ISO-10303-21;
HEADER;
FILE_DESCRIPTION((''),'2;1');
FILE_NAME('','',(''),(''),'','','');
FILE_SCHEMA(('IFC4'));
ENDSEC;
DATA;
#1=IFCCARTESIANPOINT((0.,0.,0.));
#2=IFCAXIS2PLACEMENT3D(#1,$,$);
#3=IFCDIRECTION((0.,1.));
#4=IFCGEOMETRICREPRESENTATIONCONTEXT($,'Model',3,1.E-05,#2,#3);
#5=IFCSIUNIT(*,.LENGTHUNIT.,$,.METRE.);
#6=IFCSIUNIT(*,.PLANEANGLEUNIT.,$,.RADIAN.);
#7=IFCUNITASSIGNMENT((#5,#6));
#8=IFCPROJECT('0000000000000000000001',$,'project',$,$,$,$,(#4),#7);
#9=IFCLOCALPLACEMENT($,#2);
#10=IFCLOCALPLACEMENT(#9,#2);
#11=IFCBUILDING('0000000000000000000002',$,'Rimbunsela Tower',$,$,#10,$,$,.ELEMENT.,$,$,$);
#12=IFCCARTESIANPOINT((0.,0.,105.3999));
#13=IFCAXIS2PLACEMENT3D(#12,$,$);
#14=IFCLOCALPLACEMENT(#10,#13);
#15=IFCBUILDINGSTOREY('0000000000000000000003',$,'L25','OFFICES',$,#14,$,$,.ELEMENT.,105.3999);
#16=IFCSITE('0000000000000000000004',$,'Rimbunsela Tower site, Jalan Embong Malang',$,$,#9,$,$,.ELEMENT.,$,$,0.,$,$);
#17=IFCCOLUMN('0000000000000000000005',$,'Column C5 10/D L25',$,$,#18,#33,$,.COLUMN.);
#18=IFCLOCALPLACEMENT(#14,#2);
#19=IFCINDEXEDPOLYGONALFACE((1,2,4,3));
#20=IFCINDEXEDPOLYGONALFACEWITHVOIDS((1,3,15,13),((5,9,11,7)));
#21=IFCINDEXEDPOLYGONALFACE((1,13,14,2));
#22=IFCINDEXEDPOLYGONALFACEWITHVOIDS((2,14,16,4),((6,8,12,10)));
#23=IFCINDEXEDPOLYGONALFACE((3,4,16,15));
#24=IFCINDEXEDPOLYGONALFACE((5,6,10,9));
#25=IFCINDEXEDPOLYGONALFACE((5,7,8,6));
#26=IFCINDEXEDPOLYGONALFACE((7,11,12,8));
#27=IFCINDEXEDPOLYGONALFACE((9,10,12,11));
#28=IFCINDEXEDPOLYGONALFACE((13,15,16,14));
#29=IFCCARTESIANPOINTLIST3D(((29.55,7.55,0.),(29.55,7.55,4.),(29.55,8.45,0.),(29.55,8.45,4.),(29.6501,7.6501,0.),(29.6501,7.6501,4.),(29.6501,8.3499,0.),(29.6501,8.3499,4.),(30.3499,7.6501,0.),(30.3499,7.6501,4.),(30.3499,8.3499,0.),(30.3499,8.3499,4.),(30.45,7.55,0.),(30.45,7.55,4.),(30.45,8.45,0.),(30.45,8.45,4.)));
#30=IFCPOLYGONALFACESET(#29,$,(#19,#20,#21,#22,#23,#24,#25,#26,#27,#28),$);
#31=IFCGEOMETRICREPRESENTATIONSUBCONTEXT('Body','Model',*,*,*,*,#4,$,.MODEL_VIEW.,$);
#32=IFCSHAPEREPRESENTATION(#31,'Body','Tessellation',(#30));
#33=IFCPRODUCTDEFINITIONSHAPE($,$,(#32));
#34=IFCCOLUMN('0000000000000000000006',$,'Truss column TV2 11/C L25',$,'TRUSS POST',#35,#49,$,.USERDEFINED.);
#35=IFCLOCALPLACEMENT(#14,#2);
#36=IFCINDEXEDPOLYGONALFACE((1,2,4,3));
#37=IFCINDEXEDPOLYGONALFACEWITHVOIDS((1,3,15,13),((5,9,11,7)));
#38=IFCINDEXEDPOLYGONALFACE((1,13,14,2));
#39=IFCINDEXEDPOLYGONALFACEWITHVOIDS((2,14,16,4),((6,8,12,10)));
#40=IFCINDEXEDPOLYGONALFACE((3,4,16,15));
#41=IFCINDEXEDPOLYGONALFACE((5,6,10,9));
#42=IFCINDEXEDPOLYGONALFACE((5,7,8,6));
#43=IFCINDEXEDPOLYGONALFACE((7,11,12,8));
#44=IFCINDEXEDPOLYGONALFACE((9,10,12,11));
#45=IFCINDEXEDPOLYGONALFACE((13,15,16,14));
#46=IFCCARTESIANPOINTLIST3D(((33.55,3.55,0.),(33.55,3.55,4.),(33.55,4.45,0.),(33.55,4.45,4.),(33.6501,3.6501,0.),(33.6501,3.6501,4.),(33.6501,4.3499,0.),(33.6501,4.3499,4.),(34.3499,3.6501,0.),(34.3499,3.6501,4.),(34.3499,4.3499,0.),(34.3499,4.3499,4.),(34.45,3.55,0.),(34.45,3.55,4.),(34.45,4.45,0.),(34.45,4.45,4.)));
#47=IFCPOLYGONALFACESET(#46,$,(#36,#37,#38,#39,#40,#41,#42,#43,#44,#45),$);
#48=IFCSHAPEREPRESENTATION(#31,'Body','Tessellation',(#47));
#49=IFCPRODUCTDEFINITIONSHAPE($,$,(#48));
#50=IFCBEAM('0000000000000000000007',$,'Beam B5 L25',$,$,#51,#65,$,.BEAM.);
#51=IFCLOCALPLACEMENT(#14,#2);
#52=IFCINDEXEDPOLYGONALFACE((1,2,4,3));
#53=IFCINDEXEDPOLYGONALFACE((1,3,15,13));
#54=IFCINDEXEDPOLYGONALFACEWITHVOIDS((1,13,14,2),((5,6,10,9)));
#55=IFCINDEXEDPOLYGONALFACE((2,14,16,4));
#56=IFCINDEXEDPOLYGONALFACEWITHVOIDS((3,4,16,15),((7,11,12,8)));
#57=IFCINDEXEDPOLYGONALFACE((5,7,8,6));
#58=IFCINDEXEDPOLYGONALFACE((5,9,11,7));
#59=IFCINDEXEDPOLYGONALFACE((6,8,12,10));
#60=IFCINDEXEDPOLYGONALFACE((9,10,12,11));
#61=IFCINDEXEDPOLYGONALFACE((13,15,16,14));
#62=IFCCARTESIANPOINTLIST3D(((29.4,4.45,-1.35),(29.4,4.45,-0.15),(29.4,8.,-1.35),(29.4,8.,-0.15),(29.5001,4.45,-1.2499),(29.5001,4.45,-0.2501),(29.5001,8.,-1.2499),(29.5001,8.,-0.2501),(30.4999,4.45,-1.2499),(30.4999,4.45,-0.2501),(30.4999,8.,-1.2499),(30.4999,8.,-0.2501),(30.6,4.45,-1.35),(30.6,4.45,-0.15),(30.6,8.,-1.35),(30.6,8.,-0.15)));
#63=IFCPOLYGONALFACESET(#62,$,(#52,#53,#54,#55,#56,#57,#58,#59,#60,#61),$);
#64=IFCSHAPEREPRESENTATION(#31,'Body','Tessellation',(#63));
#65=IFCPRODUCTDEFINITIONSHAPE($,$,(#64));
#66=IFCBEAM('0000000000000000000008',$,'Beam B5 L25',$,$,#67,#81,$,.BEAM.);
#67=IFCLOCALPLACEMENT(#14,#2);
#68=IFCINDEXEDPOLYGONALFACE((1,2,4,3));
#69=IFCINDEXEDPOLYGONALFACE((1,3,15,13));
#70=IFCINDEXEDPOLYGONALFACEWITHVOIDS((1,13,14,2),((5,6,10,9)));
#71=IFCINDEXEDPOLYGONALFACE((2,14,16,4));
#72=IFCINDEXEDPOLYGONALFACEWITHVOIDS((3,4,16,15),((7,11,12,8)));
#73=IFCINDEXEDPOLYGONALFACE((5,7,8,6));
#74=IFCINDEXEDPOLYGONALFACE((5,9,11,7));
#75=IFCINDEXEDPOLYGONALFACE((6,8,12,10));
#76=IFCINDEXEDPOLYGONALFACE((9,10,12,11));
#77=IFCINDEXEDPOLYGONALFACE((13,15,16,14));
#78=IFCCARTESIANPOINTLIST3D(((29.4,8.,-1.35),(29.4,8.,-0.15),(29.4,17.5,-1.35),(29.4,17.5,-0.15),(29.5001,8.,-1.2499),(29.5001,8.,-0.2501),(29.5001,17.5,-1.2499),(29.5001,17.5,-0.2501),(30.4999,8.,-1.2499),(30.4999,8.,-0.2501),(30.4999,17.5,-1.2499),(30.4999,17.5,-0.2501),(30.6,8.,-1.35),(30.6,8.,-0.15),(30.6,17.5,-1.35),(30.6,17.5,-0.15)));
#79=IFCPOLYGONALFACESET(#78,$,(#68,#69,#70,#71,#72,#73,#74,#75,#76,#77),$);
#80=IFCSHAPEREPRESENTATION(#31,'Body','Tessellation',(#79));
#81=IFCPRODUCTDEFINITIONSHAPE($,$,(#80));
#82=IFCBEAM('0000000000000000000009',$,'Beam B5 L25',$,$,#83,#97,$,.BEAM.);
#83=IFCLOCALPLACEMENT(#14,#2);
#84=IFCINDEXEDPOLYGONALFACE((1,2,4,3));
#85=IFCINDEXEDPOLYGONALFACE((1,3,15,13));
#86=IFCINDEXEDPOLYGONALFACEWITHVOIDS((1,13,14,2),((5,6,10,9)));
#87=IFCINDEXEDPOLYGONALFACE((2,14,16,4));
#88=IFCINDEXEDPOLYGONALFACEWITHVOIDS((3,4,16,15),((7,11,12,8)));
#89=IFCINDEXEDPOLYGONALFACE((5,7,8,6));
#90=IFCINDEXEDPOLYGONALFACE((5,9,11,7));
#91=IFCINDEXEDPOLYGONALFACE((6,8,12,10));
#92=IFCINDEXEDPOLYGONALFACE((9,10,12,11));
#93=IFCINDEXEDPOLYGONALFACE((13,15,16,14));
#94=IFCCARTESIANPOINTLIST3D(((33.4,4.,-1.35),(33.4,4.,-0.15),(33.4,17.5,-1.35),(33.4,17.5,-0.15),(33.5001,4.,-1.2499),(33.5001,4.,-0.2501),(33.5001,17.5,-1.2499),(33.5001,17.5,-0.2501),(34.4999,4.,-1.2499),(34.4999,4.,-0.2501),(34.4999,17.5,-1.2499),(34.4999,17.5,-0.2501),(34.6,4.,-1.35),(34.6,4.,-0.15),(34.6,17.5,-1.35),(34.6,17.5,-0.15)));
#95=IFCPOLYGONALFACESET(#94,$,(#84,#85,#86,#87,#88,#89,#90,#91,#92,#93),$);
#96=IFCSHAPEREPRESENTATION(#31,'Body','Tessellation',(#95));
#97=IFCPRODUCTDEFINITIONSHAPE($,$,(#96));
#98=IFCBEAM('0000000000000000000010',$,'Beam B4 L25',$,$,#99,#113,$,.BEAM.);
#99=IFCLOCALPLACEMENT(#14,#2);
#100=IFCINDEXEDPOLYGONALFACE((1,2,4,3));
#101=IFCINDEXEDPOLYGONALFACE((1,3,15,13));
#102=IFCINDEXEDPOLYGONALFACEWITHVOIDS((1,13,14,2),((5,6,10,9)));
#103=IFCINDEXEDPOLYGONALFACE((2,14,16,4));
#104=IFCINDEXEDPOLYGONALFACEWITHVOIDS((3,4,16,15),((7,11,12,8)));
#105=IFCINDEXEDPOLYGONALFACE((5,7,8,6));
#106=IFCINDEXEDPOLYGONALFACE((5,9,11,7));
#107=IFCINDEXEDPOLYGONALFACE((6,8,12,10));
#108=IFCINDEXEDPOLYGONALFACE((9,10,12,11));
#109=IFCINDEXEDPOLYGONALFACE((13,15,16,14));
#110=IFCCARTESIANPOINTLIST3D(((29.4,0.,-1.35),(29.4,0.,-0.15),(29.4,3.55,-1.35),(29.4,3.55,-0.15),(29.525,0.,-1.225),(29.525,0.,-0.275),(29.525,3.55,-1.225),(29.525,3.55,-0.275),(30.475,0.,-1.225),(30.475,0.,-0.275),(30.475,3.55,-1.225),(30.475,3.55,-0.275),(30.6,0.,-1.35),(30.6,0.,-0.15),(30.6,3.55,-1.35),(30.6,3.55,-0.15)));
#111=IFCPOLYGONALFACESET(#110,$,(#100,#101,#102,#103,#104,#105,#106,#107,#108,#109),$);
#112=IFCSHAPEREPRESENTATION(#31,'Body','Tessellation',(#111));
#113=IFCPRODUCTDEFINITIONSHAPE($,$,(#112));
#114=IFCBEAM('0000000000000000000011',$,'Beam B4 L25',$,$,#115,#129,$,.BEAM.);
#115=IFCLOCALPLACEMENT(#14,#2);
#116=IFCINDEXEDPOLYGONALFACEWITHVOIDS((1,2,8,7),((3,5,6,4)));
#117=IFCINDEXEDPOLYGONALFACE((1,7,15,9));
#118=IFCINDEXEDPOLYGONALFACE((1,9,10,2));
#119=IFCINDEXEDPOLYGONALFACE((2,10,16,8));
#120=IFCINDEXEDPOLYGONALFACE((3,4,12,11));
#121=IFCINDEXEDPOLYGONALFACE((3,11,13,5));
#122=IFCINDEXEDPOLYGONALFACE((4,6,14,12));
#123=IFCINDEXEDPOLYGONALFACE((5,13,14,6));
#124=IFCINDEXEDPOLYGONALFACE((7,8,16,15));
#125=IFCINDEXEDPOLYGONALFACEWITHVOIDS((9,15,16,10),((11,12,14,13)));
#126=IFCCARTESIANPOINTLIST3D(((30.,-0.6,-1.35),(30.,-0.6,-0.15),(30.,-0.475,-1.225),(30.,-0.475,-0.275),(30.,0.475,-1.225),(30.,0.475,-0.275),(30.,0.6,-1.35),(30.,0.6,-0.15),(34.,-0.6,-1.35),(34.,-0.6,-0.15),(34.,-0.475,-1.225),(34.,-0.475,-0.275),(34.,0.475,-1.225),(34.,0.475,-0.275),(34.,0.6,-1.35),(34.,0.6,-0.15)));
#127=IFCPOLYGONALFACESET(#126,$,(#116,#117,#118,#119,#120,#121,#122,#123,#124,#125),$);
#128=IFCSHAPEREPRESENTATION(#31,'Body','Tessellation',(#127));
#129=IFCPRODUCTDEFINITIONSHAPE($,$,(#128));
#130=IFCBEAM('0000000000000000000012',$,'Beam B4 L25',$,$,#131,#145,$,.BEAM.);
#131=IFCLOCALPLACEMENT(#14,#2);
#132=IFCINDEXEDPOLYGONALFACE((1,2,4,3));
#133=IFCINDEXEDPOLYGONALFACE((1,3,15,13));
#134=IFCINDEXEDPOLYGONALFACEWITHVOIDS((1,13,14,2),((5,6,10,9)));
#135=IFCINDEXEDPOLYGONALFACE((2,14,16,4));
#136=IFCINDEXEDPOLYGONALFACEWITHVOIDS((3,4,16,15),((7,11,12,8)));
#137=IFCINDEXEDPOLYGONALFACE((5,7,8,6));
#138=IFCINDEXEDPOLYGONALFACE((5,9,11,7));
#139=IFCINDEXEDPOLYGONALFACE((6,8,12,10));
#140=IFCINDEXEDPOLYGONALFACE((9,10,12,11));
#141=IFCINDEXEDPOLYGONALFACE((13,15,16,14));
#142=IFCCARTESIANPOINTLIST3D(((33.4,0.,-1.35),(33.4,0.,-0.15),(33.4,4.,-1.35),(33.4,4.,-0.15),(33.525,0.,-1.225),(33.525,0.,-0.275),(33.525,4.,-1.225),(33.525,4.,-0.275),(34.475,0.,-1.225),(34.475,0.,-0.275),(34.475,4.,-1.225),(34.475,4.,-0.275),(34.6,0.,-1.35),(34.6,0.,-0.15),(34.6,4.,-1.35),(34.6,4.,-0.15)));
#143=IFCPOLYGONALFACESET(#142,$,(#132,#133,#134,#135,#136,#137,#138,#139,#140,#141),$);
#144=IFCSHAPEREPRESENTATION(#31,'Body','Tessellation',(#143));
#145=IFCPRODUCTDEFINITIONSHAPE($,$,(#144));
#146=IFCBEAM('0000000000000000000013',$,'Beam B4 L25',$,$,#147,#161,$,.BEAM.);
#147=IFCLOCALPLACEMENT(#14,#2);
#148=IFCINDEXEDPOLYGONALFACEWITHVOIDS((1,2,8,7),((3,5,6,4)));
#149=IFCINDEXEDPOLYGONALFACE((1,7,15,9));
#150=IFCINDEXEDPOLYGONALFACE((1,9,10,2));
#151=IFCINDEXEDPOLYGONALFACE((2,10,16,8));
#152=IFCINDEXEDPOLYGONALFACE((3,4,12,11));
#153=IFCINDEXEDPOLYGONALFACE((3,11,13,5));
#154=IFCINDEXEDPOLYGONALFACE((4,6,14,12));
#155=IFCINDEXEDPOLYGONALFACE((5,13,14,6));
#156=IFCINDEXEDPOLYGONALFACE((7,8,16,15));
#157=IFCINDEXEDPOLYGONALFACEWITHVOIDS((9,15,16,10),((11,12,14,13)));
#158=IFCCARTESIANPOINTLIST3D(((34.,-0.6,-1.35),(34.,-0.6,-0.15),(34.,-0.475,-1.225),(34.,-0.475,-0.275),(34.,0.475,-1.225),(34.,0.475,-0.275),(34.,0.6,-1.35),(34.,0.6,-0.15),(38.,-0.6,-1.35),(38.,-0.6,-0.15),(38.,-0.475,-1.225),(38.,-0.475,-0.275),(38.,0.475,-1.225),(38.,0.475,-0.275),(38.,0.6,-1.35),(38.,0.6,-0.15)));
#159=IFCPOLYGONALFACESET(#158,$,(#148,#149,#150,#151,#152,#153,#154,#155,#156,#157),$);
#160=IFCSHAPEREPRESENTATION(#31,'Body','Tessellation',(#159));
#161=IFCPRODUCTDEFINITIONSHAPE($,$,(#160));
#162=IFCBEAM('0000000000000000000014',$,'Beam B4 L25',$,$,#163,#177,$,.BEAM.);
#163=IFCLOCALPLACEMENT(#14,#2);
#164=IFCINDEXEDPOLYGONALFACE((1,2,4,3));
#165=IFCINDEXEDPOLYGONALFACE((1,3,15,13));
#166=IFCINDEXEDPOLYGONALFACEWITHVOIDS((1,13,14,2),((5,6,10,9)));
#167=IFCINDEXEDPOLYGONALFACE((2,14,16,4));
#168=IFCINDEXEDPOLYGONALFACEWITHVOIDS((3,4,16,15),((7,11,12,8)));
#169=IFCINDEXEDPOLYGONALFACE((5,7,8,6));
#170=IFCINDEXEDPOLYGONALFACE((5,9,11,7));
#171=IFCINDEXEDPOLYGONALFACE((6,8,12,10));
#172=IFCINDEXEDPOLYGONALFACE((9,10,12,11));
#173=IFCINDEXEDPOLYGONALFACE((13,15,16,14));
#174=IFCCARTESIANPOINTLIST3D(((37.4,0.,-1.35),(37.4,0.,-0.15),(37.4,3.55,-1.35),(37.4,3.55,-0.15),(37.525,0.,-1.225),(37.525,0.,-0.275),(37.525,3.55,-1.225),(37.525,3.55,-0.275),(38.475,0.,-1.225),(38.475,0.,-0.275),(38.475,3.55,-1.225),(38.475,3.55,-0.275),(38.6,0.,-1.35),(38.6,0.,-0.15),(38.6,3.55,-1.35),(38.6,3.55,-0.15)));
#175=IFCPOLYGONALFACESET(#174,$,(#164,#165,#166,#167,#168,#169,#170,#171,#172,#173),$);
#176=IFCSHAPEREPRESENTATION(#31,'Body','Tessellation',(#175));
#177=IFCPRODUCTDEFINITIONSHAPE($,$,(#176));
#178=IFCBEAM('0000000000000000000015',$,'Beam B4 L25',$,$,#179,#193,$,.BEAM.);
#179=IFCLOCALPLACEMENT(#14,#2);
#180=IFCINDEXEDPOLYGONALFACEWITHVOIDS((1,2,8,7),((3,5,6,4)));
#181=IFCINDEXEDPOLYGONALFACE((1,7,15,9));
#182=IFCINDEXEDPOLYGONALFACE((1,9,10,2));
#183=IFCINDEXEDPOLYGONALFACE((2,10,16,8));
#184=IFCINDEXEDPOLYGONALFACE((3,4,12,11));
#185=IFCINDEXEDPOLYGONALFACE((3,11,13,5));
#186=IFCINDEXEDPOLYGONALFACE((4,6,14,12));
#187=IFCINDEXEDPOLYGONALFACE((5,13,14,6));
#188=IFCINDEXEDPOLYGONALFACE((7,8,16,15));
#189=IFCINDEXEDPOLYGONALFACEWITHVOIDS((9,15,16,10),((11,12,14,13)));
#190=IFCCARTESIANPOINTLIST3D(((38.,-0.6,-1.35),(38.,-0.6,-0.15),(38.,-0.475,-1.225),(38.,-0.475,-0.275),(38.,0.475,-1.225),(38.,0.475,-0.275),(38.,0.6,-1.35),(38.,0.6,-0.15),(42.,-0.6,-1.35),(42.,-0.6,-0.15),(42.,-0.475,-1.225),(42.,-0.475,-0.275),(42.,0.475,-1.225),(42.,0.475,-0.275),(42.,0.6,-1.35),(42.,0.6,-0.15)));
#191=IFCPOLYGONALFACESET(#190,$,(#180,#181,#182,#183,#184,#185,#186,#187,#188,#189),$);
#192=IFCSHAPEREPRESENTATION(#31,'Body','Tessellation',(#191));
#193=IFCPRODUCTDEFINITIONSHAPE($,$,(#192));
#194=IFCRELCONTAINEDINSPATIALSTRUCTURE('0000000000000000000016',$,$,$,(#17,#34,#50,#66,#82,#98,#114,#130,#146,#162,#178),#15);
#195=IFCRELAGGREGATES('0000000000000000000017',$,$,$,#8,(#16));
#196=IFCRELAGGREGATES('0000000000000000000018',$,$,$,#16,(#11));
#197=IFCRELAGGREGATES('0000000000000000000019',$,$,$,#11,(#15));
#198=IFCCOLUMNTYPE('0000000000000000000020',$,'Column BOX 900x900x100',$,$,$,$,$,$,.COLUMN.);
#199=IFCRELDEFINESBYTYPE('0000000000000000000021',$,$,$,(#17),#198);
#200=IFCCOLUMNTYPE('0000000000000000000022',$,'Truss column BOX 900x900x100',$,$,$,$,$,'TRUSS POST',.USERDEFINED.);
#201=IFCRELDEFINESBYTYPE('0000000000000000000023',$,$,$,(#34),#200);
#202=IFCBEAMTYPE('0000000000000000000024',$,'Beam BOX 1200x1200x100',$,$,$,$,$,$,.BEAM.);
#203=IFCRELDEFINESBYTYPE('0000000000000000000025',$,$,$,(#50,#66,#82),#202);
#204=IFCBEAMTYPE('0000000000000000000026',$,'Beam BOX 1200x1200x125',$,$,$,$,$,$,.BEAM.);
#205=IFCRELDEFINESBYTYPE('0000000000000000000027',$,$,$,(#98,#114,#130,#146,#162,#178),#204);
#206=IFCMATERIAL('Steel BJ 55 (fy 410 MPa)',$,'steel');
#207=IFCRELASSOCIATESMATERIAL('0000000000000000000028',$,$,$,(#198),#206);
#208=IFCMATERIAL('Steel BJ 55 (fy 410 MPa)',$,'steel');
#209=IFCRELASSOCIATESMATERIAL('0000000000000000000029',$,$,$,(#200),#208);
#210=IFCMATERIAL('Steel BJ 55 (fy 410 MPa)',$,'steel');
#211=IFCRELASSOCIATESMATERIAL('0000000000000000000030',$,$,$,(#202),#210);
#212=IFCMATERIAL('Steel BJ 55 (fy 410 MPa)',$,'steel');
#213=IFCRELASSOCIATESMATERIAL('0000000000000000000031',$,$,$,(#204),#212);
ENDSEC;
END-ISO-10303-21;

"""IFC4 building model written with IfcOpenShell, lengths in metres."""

from ifc_helpers import new_model, si_unit, direction, frame, origin, origin_2d, place, context, subcontext, project, spatial, hollow_rectangle, extrude, material, material_profile, profile_set, type_object, element, save


model = new_model("IFC4")

# Units and contexts
model_context = context("Model", 3, precision=1e-05, world=origin(), true_north=direction((0.0, 1.0)))
body_context = subcontext(model_context, "Body", "Model", "MODEL_VIEW")
ifc_project = project(units=[si_unit("LENGTHUNIT", "METRE"), si_unit("PLANEANGLEUNIT", "RADIAN")], contexts=[model_context])

# Site, building, storey
site_placement = place(None, origin())
site = spatial("IfcSite", under=ifc_project, at=site_placement, Name="Rimbunsela Tower site, Jalan Embong Malang", CompositionType="ELEMENT", RefElevation=0.0)
building_placement = place(site_placement, origin())
building = spatial("IfcBuilding", under=site, at=building_placement, Name="Rimbunsela Tower", CompositionType="ELEMENT")
storey_placement = place(building_placement, frame((0.0, 0.0, 105.3999)))
storey = spatial("IfcBuildingStorey", under=building, at=storey_placement, Name="L25", Description="OFFICES", CompositionType="ELEMENT", Elevation=105.3999)

# Columns
ifc_material_1 = material(Name="Steel BJ 55 (fy 410 MPa)", Category="steel")
ifc_material_profile_1 = material_profile(ifc_material_1, hollow_rectangle(XDim=0.8999, YDim=0.8999, WallThickness=0.1001, at=origin_2d()), Name="BOX 900x900x100")
ifc_profile_set_1 = profile_set([ifc_material_profile_1], Name="Steel BJ 55 (fy 410 MPa)")
column_type_1 = type_object("IfcColumnType", Name="Column BOX 900x900x100", PredefinedType="COLUMN", material=ifc_profile_set_1)
column_1_placement = place(storey_placement, frame((30.0, 8.0, 0.0), z_axis=(0.0, 0.0, 1.0), x_axis=(1.0, 0.0, 0.0)))
element("IfcColumn", 1, at=column_1_placement, inside=storey, type_object=column_type_1, Name="Column C5 10/D L25", PredefinedType="COLUMN", context=body_context, shape_type="SweptSolid", body=[
    extrude(hollow_rectangle(XDim=0.8999, YDim=0.8999, WallThickness=0.1001, at=origin_2d()), origin(), (0.0, 0.0, 1.0), 4.0),
])
ifc_material_2 = material(Name="Steel BJ 55 (fy 410 MPa)", Category="steel")
ifc_material_profile_2 = material_profile(ifc_material_2, hollow_rectangle(XDim=0.8999, YDim=0.8999, WallThickness=0.1001, at=origin_2d()), Name="BOX 900x900x100")
ifc_profile_set_2 = profile_set([ifc_material_profile_2], Name="Steel BJ 55 (fy 410 MPa)")
column_type_2 = type_object("IfcColumnType", Name="Truss column BOX 900x900x100", ElementType="TRUSS POST", PredefinedType="USERDEFINED", material=ifc_profile_set_2)
column_2_placement = place(storey_placement, frame((34.0, 4.0, 0.0), z_axis=(0.0, 0.0, 1.0), x_axis=(1.0, 0.0, 0.0)))
element("IfcColumn", 2, at=column_2_placement, inside=storey, type_object=column_type_2, Name="Truss column TV2 11/C L25", ObjectType="TRUSS POST", PredefinedType="USERDEFINED", context=body_context, shape_type="SweptSolid", body=[
    extrude(hollow_rectangle(XDim=0.8999, YDim=0.8999, WallThickness=0.1001, at=origin_2d()), origin(), (0.0, 0.0, 1.0), 4.0),
])

# Beams
ifc_material_3 = material(Name="Steel BJ 55 (fy 410 MPa)", Category="steel")
ifc_material_profile_3 = material_profile(ifc_material_3, hollow_rectangle(XDim=1.2, YDim=1.2, WallThickness=0.1001, at=origin_2d()), Name="BOX 1200x1200x100")
ifc_profile_set_3 = profile_set([ifc_material_profile_3], Name="Steel BJ 55 (fy 410 MPa)")
beam_type_1 = type_object("IfcBeamType", Name="Beam BOX 1200x1200x100", PredefinedType="BEAM", material=ifc_profile_set_3)
beam_1_placement = place(storey_placement, frame((30.0, 4.45, -0.75), z_axis=(0.0, 1.0, 0.0), x_axis=(-1.0, 0.0, 0.0)))
element("IfcBeam", 3, at=beam_1_placement, inside=storey, type_object=beam_type_1, Name="Beam B5 L25", PredefinedType="BEAM", context=body_context, shape_type="SweptSolid", body=[
    extrude(hollow_rectangle(XDim=1.2, YDim=1.2, WallThickness=0.1001, at=origin_2d()), origin(), (0.0, 0.0, 1.0), 3.55),
])
beam_2_placement = place(storey_placement, frame((30.0, 8.0, -0.75), z_axis=(0.0, 1.0, 0.0), x_axis=(-1.0, 0.0, 0.0)))
element("IfcBeam", 4, at=beam_2_placement, inside=storey, type_object=beam_type_1, Name="Beam B5 L25", PredefinedType="BEAM", context=body_context, shape_type="SweptSolid", body=[
    extrude(hollow_rectangle(XDim=1.2, YDim=1.2, WallThickness=0.1001, at=origin_2d()), origin(), (0.0, 0.0, 1.0), 9.5),
])
beam_3_placement = place(storey_placement, frame((34.0, 4.0, -0.75), z_axis=(0.0, 1.0, 0.0), x_axis=(-1.0, 0.0, 0.0)))
element("IfcBeam", 5, at=beam_3_placement, inside=storey, type_object=beam_type_1, Name="Beam B5 L25", PredefinedType="BEAM", context=body_context, shape_type="SweptSolid", body=[
    extrude(hollow_rectangle(XDim=1.2, YDim=1.2, WallThickness=0.1001, at=origin_2d()), origin(), (0.0, 0.0, 1.0), 13.5),
])
ifc_material_4 = material(Name="Steel BJ 55 (fy 410 MPa)", Category="steel")
ifc_material_profile_4 = material_profile(ifc_material_4, hollow_rectangle(XDim=1.2, YDim=1.2, WallThickness=0.125, at=origin_2d()), Name="BOX 1200x1200x125")
ifc_profile_set_4 = profile_set([ifc_material_profile_4], Name="Steel BJ 55 (fy 410 MPa)")
beam_type_2 = type_object("IfcBeamType", Name="Beam BOX 1200x1200x125", PredefinedType="BEAM", material=ifc_profile_set_4)
beam_4_placement = place(storey_placement, frame((30.0, 0.0, -0.75), z_axis=(0.0, 1.0, 0.0), x_axis=(-1.0, 0.0, 0.0)))
element("IfcBeam", 6, at=beam_4_placement, inside=storey, type_object=beam_type_2, Name="Beam B4 L25", PredefinedType="BEAM", context=body_context, shape_type="SweptSolid", body=[
    extrude(hollow_rectangle(XDim=1.2, YDim=1.2, WallThickness=0.125, at=origin_2d()), origin(), (0.0, 0.0, 1.0), 3.55),
])
for number, where, z_axis, x_axis, name in (
    (7, (30.0, 0.0, -0.75), (1.0, 0.0, 0.0), (0.0, 1.0, 0.0), "Beam B4 L25"),
    (8, (34.0, 0.0, -0.75), (0.0, 1.0, 0.0), (-1.0, 0.0, 0.0), "Beam B4 L25"),
    (9, (34.0, 0.0, -0.75), (1.0, 0.0, 0.0), (0.0, 1.0, 0.0), "Beam B4 L25"),
):
    element("IfcBeam", number, at=place(storey_placement, frame(where, z_axis=z_axis, x_axis=x_axis)), inside=storey, type_object=beam_type_2, Name=name, PredefinedType="BEAM", context=body_context, shape_type="SweptSolid", body=[
        extrude(hollow_rectangle(XDim=1.2, YDim=1.2, WallThickness=0.125, at=origin_2d()), origin(), (0.0, 0.0, 1.0), 4.0),
    ])
beam_5_placement = place(storey_placement, frame((38.0, 0.0, -0.75), z_axis=(0.0, 1.0, 0.0), x_axis=(-1.0, 0.0, 0.0)))
element("IfcBeam", 10, at=beam_5_placement, inside=storey, type_object=beam_type_2, Name="Beam B4 L25", PredefinedType="BEAM", context=body_context, shape_type="SweptSolid", body=[
    extrude(hollow_rectangle(XDim=1.2, YDim=1.2, WallThickness=0.125, at=origin_2d()), origin(), (0.0, 0.0, 1.0), 3.55),
])
beam_6_placement = place(storey_placement, frame((38.0, 0.0, -0.75), z_axis=(1.0, 0.0, 0.0), x_axis=(0.0, 1.0, 0.0)))
element("IfcBeam", 11, at=beam_6_placement, inside=storey, type_object=beam_type_2, Name="Beam B4 L25", PredefinedType="BEAM", context=body_context, shape_type="SweptSolid", body=[
    extrude(hollow_rectangle(XDim=1.2, YDim=1.2, WallThickness=0.125, at=origin_2d()), origin(), (0.0, 0.0, 1.0), 4.0),
])

save(model, "model.ifc")
